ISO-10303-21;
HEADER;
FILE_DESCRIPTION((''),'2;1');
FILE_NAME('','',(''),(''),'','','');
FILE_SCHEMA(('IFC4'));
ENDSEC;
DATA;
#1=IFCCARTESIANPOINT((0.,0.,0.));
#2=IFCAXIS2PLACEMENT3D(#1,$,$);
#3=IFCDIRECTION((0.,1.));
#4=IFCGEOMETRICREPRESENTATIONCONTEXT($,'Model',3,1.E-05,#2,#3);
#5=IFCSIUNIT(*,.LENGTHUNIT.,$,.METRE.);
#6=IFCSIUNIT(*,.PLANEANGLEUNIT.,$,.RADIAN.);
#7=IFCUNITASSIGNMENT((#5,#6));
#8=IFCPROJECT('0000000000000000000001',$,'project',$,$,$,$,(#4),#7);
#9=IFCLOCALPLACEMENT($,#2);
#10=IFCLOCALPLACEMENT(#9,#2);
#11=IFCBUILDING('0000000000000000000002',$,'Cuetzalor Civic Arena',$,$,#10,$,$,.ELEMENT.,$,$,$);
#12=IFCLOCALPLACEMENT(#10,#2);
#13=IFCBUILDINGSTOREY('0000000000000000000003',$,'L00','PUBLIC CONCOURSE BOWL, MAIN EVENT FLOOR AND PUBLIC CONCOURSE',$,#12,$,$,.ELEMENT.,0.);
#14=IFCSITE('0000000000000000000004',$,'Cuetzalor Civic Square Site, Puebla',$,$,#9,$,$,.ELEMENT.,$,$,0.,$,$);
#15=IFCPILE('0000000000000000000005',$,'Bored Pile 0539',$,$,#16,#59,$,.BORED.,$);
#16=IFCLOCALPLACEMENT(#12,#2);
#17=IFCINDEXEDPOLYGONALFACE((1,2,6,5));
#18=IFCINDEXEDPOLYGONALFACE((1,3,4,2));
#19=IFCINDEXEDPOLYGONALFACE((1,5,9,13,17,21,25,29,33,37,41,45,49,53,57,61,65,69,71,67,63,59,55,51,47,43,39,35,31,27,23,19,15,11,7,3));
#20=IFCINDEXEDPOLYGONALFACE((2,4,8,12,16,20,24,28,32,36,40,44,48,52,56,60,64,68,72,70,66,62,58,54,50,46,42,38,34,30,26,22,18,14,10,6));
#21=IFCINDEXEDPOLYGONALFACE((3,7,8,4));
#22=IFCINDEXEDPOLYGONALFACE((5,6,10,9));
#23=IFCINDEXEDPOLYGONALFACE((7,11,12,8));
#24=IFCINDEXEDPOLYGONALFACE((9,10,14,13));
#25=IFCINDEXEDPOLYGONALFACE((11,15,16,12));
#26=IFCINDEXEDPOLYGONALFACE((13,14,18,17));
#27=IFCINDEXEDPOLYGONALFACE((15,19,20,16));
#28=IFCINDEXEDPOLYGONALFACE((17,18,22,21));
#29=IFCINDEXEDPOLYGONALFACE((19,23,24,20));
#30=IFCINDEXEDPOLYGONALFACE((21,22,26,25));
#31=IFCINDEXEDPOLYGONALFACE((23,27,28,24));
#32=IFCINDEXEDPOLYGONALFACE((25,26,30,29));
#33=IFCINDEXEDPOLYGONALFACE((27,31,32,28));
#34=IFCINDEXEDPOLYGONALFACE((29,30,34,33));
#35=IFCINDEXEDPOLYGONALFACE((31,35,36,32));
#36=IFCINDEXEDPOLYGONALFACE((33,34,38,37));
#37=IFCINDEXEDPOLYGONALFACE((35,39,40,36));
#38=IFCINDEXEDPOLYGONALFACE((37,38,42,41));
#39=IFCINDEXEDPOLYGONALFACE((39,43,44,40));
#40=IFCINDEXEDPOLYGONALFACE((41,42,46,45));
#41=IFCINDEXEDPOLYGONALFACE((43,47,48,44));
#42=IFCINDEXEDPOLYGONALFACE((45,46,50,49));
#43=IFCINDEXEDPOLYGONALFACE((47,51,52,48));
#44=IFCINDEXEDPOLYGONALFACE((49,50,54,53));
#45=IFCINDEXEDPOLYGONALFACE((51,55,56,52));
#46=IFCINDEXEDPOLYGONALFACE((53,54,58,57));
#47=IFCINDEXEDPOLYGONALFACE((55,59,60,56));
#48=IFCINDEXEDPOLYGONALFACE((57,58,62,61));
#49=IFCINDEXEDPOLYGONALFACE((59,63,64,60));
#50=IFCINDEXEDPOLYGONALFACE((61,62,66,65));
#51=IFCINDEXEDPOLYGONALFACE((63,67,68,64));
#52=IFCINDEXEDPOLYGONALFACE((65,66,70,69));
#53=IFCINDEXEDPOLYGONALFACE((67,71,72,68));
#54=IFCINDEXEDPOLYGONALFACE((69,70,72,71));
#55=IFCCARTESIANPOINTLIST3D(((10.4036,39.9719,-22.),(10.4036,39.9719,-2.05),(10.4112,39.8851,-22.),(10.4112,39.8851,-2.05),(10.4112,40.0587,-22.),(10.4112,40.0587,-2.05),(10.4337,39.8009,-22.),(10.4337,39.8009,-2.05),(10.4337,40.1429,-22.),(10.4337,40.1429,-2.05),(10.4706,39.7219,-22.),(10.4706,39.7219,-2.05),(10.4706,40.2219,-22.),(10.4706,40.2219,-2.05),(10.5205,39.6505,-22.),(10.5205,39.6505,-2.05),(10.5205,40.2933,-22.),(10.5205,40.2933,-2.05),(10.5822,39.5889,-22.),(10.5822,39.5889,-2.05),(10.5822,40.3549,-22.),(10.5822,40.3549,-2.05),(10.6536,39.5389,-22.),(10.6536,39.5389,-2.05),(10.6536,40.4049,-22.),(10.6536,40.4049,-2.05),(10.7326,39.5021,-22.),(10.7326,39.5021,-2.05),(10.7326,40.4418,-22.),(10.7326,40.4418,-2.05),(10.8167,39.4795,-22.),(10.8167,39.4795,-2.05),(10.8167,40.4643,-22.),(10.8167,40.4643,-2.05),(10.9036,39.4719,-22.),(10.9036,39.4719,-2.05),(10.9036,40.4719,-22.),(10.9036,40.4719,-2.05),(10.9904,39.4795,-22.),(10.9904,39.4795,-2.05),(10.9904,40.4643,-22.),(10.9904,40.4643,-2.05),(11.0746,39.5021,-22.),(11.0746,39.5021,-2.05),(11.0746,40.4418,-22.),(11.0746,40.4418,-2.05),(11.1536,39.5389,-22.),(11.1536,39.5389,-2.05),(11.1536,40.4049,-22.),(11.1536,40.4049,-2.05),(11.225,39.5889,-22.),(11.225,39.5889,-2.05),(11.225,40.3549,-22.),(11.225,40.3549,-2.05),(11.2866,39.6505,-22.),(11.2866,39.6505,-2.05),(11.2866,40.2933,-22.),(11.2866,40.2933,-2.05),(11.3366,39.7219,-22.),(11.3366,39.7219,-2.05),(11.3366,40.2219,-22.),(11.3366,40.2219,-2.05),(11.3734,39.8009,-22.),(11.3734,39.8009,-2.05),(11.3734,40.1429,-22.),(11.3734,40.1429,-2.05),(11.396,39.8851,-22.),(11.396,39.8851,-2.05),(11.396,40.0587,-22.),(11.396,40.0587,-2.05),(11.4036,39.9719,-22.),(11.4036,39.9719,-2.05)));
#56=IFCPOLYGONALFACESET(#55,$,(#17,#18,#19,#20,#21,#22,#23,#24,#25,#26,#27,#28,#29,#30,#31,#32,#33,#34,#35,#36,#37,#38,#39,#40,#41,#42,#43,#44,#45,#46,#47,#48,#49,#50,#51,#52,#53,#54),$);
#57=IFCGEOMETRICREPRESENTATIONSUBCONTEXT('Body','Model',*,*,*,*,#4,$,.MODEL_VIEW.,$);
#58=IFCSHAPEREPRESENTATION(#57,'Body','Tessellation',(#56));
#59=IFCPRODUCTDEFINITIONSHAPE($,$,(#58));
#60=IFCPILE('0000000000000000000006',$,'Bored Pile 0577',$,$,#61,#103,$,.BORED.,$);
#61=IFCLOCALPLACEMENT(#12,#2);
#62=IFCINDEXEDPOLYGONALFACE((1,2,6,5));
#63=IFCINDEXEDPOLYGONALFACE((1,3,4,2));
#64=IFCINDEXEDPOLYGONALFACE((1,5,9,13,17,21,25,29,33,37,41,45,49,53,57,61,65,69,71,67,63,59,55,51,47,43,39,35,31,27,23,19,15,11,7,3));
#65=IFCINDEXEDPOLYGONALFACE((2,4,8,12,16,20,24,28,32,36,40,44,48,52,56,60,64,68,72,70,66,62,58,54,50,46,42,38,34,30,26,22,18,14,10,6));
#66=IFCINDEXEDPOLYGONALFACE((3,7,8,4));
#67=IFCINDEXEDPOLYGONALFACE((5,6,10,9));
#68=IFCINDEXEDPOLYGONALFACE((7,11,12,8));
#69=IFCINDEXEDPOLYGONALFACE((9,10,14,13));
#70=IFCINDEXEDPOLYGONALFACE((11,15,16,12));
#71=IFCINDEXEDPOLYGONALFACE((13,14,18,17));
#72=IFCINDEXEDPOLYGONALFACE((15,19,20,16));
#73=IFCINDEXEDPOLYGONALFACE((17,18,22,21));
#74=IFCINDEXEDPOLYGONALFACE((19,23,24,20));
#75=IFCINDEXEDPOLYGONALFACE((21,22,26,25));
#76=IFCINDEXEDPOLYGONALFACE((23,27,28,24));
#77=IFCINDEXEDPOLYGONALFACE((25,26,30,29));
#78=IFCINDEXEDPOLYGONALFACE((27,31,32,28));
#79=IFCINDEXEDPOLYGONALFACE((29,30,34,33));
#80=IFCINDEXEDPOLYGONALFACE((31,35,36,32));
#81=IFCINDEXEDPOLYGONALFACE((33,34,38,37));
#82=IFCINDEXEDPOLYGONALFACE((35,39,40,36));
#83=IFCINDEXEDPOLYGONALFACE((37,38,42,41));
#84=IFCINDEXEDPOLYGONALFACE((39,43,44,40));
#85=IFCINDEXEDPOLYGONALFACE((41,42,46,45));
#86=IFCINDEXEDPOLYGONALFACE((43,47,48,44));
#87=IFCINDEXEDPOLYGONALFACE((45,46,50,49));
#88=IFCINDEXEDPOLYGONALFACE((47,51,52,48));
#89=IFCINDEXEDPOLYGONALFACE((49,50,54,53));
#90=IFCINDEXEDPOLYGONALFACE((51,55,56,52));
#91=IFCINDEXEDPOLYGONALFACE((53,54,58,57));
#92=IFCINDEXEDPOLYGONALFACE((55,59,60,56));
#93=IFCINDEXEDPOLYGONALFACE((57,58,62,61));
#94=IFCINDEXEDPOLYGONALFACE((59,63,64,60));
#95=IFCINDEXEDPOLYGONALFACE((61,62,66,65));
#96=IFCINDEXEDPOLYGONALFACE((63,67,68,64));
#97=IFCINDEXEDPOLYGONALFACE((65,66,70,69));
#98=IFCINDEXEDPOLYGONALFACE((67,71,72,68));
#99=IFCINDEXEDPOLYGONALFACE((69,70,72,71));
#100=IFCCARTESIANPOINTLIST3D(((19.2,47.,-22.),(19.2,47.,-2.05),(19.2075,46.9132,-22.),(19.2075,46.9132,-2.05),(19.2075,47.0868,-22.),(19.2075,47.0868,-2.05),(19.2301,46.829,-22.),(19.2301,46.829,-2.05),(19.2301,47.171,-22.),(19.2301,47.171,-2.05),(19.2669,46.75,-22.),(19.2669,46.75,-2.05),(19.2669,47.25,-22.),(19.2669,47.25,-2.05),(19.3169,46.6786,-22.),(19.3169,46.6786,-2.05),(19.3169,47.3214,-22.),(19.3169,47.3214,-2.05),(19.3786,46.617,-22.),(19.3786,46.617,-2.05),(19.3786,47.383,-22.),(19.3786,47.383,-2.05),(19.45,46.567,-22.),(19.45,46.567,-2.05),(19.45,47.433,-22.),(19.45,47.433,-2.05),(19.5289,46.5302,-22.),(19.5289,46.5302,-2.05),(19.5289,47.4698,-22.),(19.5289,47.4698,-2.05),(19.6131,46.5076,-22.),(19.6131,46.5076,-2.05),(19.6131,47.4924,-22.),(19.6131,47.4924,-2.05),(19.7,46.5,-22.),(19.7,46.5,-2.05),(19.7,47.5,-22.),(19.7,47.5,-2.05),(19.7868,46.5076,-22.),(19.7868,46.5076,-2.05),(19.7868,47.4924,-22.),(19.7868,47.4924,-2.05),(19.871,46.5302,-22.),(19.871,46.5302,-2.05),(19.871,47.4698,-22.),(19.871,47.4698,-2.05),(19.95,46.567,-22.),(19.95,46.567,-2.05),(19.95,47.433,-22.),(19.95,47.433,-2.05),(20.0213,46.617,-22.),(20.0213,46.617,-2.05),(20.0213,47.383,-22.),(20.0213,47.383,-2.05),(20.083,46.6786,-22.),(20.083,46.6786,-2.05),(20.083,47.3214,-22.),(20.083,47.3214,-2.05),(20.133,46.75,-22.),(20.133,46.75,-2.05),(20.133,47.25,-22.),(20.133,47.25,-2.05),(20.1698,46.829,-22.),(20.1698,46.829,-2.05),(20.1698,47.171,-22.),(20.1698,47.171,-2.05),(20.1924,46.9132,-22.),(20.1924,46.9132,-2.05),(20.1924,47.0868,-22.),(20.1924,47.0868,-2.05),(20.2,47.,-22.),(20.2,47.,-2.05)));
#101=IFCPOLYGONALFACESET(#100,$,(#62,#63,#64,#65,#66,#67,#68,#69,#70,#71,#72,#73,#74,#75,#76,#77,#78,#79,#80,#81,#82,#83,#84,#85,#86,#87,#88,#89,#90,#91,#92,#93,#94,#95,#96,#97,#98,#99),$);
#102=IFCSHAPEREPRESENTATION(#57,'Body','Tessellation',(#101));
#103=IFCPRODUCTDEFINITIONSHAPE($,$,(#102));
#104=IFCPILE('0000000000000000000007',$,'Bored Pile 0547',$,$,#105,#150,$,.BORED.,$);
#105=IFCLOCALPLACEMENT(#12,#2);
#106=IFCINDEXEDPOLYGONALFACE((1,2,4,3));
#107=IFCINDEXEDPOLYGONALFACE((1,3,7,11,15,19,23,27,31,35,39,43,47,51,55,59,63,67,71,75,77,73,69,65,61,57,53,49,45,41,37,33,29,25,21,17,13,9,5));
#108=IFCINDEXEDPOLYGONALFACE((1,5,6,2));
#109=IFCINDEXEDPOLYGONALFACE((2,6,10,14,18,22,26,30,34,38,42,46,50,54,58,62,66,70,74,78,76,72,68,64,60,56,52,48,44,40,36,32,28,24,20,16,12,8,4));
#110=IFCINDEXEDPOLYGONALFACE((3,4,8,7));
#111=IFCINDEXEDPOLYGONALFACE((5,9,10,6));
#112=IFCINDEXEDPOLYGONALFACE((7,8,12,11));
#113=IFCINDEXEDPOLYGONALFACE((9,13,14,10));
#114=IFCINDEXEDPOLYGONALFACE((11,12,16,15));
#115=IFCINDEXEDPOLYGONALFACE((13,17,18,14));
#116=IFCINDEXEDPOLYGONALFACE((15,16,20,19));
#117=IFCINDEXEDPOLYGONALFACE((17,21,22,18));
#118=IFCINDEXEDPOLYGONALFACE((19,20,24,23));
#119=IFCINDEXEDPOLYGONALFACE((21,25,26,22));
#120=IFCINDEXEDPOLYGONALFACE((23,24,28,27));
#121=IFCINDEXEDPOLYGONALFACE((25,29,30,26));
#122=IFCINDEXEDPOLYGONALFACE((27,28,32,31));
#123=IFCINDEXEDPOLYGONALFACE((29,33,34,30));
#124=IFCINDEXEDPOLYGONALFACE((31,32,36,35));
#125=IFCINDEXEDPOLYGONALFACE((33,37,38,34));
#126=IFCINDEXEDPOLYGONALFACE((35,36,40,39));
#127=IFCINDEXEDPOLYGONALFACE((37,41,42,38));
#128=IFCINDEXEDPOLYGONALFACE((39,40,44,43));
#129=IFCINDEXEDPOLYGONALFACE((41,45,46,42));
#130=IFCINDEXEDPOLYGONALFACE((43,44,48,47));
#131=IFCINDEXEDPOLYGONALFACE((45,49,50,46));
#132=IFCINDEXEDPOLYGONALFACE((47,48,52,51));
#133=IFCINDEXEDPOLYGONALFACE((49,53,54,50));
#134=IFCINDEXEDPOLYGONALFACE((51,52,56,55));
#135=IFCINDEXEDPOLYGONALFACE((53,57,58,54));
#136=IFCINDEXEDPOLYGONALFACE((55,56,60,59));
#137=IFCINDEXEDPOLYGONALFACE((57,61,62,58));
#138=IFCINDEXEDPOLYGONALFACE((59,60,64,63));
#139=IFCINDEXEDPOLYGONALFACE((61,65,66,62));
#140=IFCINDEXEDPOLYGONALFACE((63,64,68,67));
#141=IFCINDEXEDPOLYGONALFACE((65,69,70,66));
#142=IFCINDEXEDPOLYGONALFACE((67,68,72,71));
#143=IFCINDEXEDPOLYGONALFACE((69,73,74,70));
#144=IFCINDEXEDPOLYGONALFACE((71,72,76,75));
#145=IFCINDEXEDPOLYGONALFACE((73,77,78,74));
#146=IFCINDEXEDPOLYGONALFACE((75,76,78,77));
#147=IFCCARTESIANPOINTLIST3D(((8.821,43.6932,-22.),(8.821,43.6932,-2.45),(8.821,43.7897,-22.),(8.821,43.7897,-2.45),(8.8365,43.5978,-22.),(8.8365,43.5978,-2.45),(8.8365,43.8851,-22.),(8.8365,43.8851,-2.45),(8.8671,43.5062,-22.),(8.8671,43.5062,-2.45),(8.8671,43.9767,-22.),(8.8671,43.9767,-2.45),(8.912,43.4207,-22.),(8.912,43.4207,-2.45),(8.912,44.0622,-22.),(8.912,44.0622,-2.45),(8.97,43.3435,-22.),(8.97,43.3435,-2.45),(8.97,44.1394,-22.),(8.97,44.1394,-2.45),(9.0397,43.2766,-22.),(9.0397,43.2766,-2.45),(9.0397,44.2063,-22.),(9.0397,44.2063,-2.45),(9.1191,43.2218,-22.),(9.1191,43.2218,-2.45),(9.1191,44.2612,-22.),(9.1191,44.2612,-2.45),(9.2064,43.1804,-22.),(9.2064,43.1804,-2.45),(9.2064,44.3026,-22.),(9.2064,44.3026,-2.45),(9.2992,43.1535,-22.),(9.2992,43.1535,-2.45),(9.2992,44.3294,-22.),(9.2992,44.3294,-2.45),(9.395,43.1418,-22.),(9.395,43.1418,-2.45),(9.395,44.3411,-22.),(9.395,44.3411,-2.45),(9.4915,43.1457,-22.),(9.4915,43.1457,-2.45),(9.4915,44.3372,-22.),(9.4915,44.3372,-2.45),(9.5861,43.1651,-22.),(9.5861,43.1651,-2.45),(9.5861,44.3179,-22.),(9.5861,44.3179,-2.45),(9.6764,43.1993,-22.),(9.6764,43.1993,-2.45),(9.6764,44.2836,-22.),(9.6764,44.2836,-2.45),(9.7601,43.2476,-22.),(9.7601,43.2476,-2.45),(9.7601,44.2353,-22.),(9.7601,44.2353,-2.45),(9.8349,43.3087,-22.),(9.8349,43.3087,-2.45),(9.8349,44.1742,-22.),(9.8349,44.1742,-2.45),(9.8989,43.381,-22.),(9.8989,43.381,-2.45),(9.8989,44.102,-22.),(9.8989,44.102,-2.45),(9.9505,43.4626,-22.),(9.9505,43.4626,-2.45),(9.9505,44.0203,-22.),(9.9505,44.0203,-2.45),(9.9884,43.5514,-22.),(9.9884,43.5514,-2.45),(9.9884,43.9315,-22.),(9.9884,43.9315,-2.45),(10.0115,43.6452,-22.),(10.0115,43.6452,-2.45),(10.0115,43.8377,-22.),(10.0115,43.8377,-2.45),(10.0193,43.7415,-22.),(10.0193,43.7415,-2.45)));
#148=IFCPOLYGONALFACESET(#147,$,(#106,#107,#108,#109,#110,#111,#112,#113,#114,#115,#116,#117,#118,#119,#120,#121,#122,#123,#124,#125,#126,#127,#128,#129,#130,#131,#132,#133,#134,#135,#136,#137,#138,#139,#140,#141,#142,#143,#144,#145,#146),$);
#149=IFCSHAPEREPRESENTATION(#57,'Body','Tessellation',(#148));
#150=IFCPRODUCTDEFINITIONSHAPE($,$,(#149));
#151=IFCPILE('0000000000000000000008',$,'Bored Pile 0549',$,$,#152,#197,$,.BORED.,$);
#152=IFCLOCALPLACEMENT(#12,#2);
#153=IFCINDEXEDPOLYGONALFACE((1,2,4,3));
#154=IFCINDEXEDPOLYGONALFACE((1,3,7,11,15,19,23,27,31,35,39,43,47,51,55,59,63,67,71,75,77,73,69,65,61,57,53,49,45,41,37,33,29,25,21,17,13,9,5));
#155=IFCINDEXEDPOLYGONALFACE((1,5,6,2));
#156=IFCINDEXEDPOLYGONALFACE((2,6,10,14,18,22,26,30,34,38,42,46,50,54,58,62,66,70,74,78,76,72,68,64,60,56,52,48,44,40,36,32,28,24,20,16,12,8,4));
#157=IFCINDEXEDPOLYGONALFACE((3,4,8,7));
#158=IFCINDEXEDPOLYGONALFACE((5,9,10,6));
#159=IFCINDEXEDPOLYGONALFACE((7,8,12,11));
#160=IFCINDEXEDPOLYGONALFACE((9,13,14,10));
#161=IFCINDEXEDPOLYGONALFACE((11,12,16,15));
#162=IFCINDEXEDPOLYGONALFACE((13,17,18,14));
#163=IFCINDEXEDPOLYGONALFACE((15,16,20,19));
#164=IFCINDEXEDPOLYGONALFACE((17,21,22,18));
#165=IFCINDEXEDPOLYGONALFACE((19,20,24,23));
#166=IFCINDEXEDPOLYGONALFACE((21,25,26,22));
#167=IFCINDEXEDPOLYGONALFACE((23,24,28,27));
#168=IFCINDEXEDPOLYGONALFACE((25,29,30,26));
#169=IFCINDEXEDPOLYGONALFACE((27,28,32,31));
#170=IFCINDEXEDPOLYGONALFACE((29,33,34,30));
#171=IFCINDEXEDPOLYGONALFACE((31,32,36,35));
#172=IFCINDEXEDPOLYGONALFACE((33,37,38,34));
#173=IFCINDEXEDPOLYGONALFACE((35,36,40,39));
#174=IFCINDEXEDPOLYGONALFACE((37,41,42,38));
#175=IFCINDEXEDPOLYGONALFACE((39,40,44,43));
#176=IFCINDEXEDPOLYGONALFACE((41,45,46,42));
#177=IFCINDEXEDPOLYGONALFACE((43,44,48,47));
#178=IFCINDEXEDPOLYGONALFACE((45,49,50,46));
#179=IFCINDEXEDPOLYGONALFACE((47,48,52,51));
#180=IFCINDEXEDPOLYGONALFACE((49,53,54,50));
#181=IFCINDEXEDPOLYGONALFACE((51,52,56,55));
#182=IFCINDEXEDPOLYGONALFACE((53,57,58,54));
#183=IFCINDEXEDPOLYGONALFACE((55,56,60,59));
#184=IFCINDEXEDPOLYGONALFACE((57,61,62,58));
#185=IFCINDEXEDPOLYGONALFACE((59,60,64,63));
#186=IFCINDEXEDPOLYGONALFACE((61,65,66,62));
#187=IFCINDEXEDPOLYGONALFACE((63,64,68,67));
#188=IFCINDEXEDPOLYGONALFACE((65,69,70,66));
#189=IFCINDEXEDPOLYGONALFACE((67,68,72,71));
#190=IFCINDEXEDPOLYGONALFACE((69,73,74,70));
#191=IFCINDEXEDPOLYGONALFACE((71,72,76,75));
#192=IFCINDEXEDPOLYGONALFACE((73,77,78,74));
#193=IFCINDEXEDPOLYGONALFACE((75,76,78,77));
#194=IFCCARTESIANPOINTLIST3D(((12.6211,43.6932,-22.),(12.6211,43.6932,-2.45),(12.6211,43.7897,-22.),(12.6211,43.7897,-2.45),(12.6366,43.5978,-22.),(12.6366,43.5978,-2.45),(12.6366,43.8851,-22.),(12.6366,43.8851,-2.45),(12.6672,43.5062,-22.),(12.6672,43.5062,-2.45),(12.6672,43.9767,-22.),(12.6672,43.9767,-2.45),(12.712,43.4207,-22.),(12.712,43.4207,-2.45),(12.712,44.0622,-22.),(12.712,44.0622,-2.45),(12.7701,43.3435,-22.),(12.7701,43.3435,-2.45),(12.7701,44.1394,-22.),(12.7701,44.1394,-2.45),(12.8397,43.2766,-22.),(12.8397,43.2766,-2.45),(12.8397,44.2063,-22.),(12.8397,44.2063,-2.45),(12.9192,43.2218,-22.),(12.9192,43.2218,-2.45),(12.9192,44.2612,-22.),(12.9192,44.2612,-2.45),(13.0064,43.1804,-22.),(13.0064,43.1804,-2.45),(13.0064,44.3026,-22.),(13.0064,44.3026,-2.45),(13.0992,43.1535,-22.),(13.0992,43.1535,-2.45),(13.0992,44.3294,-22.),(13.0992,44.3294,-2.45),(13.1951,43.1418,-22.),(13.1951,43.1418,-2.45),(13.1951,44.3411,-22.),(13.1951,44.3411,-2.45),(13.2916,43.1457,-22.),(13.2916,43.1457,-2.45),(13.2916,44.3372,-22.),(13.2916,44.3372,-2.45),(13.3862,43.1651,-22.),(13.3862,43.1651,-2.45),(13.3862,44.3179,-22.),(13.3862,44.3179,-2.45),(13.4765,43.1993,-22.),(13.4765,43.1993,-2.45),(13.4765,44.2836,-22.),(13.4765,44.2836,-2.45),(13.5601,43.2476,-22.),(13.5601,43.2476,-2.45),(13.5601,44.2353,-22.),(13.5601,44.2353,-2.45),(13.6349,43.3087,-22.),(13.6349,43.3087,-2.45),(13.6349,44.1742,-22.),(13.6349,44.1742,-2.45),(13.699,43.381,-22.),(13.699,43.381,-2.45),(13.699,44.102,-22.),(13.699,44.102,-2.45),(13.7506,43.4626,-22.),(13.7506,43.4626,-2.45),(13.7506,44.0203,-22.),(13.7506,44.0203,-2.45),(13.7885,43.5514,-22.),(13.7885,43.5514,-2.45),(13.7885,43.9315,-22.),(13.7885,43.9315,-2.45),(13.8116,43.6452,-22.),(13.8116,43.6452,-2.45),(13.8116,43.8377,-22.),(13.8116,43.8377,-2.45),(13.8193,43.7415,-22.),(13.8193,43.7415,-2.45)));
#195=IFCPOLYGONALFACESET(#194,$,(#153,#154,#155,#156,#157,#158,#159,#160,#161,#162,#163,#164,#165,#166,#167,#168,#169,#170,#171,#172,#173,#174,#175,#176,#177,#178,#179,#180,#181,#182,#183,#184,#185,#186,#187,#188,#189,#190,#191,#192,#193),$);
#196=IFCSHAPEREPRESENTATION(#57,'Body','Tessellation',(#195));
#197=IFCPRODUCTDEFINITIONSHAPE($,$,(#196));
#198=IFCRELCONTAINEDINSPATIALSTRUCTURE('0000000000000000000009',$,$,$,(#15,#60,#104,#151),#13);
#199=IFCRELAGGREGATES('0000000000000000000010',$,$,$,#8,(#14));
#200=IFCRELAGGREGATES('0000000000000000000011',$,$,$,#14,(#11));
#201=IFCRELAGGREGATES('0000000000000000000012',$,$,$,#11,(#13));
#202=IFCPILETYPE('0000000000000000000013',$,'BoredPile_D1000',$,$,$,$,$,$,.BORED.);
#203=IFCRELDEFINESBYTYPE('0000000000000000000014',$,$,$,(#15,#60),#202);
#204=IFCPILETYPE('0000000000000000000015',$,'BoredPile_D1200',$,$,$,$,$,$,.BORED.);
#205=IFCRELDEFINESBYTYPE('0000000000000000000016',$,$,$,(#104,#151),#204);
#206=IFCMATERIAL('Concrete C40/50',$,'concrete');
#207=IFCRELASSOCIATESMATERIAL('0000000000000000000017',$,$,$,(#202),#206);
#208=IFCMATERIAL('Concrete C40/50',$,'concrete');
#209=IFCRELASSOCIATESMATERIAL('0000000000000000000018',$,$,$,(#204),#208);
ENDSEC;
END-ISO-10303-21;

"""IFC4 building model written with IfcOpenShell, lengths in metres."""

from ifc_helpers import new_model, si_unit, direction, frame, origin, origin_2d, place, context, subcontext, project, spatial, circle, extrude, material, material_profile, profile_set, type_object, element, save


model = new_model("IFC4")

# Units and contexts
model_context = context("Model", 3, precision=1e-05, world=origin(), true_north=direction((0.0, 1.0)))
body_context = subcontext(model_context, "Body", "Model", "MODEL_VIEW")
ifc_project = project(units=[si_unit("LENGTHUNIT", "METRE"), si_unit("PLANEANGLEUNIT", "RADIAN")], contexts=[model_context])

# Site, building, storey
site_placement = place(None, origin())
site = spatial("IfcSite", under=ifc_project, at=site_placement, Name="Cuetzalor Civic Square Site, Puebla", CompositionType="ELEMENT", RefElevation=0.0)
building_placement = place(site_placement, origin())
building = spatial("IfcBuilding", under=site, at=building_placement, Name="Cuetzalor Civic Arena", CompositionType="ELEMENT")
storey_placement = place(building_placement, origin())
storey = spatial("IfcBuildingStorey", under=building, at=storey_placement, Name="L00", Description="PUBLIC CONCOURSE BOWL, MAIN EVENT FLOOR AND PUBLIC CONCOURSE", CompositionType="ELEMENT", Elevation=0.0)

# Piles
ifc_material_1 = material(Name="Concrete C40/50", Category="concrete")
ifc_material_profile_1 = material_profile(ifc_material_1, circle(Radius=0.5, at=origin_2d()), Name="BORED PILE D1000")
ifc_profile_set_1 = profile_set([ifc_material_profile_1], Name="Concrete C40/50")
pile_type_1 = type_object("IfcPileType", Name="BoredPile_D1000", PredefinedType="BORED", material=ifc_profile_set_1)
for number, where, z_axis, x_axis, name in (
    (1, (10.9036, 39.9719, -2.05), (0.0, 0.0, -1.0), (1.0, 0.0, 0.0), "Bored Pile 0539"),
    (2, (19.7, 47.0, -2.05), (0.0, 0.0, -1.0), (1.0, 0.0, 0.0), "Bored Pile 0577"),
):
    element("IfcPile", number, at=place(storey_placement, frame(where, z_axis=z_axis, x_axis=x_axis)), inside=storey, type_object=pile_type_1, Name=name, PredefinedType="BORED", context=body_context, shape_type="SweptSolid", body=[
        extrude(circle(Radius=0.5, at=origin_2d()), origin(), (0.0, 0.0, 1.0), 19.95),
    ])
ifc_material_2 = material(Name="Concrete C40/50", Category="concrete")
ifc_material_profile_2 = material_profile(ifc_material_2, circle(Radius=0.6001, at=origin_2d()), Name="BORED PILE D1200")
ifc_profile_set_2 = profile_set([ifc_material_profile_2], Name="Concrete C40/50")
pile_type_2 = type_object("IfcPileType", Name="BoredPile_D1200", PredefinedType="BORED", material=ifc_profile_set_2)
for number, where, z_axis, x_axis, name in (
    (3, (9.4192, 43.7415, -2.45), (0.0, 0.0, -1.0), (1.0, 0.0, 0.0), "Bored Pile 0547"),
    (4, (13.2192, 43.7415, -2.45), (0.0, 0.0, -1.0), (1.0, 0.0, 0.0), "Bored Pile 0549"),
):
    element("IfcPile", number, at=place(storey_placement, frame(where, z_axis=z_axis, x_axis=x_axis)), inside=storey, type_object=pile_type_2, Name=name, PredefinedType="BORED", context=body_context, shape_type="SweptSolid", body=[
        extrude(circle(Radius=0.6001, at=origin_2d()), origin(), (0.0, 0.0, 1.0), 19.55),
    ])

save(model, "model.ifc")
